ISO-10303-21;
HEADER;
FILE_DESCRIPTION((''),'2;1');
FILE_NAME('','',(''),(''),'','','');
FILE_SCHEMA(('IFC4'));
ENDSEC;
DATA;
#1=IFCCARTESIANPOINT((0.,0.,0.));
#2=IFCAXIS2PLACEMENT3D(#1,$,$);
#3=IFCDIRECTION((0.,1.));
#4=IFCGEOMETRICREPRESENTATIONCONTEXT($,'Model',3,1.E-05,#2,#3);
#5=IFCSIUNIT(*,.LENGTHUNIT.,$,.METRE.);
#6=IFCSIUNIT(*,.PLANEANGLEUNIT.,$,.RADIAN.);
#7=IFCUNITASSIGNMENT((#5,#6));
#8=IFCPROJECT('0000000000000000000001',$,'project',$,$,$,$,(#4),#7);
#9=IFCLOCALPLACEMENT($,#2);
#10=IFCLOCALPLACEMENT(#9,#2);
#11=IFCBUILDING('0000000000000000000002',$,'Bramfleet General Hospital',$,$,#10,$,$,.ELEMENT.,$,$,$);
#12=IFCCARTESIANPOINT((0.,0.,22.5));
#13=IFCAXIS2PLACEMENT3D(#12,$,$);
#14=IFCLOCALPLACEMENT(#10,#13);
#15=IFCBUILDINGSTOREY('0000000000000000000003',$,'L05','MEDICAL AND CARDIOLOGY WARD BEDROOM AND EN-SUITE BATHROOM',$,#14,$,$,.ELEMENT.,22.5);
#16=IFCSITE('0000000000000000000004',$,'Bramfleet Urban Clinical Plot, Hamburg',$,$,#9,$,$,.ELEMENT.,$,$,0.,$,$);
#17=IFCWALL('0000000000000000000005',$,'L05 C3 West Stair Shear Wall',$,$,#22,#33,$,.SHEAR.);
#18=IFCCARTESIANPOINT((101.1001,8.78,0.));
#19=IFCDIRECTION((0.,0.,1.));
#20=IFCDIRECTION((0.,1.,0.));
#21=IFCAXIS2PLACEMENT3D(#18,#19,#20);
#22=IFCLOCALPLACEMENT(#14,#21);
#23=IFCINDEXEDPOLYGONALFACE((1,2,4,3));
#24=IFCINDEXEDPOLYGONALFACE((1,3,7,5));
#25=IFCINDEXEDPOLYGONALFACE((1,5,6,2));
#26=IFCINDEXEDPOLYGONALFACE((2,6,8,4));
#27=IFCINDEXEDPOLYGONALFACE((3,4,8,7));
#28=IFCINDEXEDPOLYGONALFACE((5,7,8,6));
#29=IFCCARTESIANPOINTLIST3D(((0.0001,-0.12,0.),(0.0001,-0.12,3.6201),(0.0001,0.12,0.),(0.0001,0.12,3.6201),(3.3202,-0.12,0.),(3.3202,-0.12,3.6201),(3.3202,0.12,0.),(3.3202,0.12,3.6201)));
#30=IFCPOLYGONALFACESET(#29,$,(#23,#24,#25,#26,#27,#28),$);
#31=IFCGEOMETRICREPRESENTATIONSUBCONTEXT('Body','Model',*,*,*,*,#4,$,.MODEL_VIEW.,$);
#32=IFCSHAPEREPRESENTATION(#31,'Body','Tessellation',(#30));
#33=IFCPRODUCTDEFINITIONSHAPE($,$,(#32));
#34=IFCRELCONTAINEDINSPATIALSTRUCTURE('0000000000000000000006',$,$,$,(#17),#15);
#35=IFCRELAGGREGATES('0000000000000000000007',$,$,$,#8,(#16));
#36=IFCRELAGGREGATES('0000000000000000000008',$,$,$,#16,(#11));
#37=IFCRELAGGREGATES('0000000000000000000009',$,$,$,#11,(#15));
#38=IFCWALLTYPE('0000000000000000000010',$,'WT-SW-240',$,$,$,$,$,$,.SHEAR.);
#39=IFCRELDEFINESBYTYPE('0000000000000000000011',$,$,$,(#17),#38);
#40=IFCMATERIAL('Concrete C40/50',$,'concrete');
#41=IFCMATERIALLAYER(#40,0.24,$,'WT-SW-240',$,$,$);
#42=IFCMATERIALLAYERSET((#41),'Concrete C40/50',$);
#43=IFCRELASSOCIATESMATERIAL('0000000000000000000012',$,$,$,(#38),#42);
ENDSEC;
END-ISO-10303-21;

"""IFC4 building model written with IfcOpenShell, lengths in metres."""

from ifc_helpers import new_model, si_unit, direction, frame, frame_2d, origin, place, context, subcontext, project, spatial, rectangle, extrude, material, layer, layer_set, type_object, element, save


model = new_model("IFC4")

# Units and contexts
model_context = context("Model", 3, precision=1e-05, world=origin(), true_north=direction((0.0, 1.0)))
body_context = subcontext(model_context, "Body", "Model", "MODEL_VIEW")
ifc_project = project(units=[si_unit("LENGTHUNIT", "METRE"), si_unit("PLANEANGLEUNIT", "RADIAN")], contexts=[model_context])

# Site, building, storey
site_placement = place(None, origin())
site = spatial("IfcSite", under=ifc_project, at=site_placement, Name="Bramfleet Urban Clinical Plot, Hamburg", CompositionType="ELEMENT", RefElevation=0.0)
building_placement = place(site_placement, origin())
building = spatial("IfcBuilding", under=site, at=building_placement, Name="Bramfleet General Hospital", CompositionType="ELEMENT")
storey_placement = place(building_placement, frame((0.0, 0.0, 22.5)))
storey = spatial("IfcBuildingStorey", under=building, at=storey_placement, Name="L05", Description="MEDICAL AND CARDIOLOGY WARD BEDROOM AND EN-SUITE BATHROOM", CompositionType="ELEMENT", Elevation=22.5)

# Shared definitions
ifc_material_1 = material(Name="Concrete C40/50", Category="concrete")

# Wall
ifc_layer_1 = layer(ifc_material_1, 0.24, Name="WT-SW-240")
ifc_layer_set_1 = layer_set([ifc_layer_1], Name="Concrete C40/50")
wall_type_1 = type_object("IfcWallType", Name="WT-SW-240", PredefinedType="SHEAR", material=ifc_layer_set_1)
wall_1_placement = place(storey_placement, frame((101.1001, 8.78, 0.0), z_axis=(0.0, 0.0, 1.0), x_axis=(0.0, 1.0, 0.0)))
element("IfcWall", 1, at=wall_1_placement, inside=storey, type_object=wall_type_1, Name="L05 C3 West Stair Shear Wall", PredefinedType="SHEAR", context=body_context, shape_type="SweptSolid", body=[
    extrude(rectangle(XDim=3.3201, YDim=0.24, at=frame_2d((1.6602, 0.0))), origin(), (0.0, 0.0, 1.0), 3.6201),
])

save(model, "model.ifc")
